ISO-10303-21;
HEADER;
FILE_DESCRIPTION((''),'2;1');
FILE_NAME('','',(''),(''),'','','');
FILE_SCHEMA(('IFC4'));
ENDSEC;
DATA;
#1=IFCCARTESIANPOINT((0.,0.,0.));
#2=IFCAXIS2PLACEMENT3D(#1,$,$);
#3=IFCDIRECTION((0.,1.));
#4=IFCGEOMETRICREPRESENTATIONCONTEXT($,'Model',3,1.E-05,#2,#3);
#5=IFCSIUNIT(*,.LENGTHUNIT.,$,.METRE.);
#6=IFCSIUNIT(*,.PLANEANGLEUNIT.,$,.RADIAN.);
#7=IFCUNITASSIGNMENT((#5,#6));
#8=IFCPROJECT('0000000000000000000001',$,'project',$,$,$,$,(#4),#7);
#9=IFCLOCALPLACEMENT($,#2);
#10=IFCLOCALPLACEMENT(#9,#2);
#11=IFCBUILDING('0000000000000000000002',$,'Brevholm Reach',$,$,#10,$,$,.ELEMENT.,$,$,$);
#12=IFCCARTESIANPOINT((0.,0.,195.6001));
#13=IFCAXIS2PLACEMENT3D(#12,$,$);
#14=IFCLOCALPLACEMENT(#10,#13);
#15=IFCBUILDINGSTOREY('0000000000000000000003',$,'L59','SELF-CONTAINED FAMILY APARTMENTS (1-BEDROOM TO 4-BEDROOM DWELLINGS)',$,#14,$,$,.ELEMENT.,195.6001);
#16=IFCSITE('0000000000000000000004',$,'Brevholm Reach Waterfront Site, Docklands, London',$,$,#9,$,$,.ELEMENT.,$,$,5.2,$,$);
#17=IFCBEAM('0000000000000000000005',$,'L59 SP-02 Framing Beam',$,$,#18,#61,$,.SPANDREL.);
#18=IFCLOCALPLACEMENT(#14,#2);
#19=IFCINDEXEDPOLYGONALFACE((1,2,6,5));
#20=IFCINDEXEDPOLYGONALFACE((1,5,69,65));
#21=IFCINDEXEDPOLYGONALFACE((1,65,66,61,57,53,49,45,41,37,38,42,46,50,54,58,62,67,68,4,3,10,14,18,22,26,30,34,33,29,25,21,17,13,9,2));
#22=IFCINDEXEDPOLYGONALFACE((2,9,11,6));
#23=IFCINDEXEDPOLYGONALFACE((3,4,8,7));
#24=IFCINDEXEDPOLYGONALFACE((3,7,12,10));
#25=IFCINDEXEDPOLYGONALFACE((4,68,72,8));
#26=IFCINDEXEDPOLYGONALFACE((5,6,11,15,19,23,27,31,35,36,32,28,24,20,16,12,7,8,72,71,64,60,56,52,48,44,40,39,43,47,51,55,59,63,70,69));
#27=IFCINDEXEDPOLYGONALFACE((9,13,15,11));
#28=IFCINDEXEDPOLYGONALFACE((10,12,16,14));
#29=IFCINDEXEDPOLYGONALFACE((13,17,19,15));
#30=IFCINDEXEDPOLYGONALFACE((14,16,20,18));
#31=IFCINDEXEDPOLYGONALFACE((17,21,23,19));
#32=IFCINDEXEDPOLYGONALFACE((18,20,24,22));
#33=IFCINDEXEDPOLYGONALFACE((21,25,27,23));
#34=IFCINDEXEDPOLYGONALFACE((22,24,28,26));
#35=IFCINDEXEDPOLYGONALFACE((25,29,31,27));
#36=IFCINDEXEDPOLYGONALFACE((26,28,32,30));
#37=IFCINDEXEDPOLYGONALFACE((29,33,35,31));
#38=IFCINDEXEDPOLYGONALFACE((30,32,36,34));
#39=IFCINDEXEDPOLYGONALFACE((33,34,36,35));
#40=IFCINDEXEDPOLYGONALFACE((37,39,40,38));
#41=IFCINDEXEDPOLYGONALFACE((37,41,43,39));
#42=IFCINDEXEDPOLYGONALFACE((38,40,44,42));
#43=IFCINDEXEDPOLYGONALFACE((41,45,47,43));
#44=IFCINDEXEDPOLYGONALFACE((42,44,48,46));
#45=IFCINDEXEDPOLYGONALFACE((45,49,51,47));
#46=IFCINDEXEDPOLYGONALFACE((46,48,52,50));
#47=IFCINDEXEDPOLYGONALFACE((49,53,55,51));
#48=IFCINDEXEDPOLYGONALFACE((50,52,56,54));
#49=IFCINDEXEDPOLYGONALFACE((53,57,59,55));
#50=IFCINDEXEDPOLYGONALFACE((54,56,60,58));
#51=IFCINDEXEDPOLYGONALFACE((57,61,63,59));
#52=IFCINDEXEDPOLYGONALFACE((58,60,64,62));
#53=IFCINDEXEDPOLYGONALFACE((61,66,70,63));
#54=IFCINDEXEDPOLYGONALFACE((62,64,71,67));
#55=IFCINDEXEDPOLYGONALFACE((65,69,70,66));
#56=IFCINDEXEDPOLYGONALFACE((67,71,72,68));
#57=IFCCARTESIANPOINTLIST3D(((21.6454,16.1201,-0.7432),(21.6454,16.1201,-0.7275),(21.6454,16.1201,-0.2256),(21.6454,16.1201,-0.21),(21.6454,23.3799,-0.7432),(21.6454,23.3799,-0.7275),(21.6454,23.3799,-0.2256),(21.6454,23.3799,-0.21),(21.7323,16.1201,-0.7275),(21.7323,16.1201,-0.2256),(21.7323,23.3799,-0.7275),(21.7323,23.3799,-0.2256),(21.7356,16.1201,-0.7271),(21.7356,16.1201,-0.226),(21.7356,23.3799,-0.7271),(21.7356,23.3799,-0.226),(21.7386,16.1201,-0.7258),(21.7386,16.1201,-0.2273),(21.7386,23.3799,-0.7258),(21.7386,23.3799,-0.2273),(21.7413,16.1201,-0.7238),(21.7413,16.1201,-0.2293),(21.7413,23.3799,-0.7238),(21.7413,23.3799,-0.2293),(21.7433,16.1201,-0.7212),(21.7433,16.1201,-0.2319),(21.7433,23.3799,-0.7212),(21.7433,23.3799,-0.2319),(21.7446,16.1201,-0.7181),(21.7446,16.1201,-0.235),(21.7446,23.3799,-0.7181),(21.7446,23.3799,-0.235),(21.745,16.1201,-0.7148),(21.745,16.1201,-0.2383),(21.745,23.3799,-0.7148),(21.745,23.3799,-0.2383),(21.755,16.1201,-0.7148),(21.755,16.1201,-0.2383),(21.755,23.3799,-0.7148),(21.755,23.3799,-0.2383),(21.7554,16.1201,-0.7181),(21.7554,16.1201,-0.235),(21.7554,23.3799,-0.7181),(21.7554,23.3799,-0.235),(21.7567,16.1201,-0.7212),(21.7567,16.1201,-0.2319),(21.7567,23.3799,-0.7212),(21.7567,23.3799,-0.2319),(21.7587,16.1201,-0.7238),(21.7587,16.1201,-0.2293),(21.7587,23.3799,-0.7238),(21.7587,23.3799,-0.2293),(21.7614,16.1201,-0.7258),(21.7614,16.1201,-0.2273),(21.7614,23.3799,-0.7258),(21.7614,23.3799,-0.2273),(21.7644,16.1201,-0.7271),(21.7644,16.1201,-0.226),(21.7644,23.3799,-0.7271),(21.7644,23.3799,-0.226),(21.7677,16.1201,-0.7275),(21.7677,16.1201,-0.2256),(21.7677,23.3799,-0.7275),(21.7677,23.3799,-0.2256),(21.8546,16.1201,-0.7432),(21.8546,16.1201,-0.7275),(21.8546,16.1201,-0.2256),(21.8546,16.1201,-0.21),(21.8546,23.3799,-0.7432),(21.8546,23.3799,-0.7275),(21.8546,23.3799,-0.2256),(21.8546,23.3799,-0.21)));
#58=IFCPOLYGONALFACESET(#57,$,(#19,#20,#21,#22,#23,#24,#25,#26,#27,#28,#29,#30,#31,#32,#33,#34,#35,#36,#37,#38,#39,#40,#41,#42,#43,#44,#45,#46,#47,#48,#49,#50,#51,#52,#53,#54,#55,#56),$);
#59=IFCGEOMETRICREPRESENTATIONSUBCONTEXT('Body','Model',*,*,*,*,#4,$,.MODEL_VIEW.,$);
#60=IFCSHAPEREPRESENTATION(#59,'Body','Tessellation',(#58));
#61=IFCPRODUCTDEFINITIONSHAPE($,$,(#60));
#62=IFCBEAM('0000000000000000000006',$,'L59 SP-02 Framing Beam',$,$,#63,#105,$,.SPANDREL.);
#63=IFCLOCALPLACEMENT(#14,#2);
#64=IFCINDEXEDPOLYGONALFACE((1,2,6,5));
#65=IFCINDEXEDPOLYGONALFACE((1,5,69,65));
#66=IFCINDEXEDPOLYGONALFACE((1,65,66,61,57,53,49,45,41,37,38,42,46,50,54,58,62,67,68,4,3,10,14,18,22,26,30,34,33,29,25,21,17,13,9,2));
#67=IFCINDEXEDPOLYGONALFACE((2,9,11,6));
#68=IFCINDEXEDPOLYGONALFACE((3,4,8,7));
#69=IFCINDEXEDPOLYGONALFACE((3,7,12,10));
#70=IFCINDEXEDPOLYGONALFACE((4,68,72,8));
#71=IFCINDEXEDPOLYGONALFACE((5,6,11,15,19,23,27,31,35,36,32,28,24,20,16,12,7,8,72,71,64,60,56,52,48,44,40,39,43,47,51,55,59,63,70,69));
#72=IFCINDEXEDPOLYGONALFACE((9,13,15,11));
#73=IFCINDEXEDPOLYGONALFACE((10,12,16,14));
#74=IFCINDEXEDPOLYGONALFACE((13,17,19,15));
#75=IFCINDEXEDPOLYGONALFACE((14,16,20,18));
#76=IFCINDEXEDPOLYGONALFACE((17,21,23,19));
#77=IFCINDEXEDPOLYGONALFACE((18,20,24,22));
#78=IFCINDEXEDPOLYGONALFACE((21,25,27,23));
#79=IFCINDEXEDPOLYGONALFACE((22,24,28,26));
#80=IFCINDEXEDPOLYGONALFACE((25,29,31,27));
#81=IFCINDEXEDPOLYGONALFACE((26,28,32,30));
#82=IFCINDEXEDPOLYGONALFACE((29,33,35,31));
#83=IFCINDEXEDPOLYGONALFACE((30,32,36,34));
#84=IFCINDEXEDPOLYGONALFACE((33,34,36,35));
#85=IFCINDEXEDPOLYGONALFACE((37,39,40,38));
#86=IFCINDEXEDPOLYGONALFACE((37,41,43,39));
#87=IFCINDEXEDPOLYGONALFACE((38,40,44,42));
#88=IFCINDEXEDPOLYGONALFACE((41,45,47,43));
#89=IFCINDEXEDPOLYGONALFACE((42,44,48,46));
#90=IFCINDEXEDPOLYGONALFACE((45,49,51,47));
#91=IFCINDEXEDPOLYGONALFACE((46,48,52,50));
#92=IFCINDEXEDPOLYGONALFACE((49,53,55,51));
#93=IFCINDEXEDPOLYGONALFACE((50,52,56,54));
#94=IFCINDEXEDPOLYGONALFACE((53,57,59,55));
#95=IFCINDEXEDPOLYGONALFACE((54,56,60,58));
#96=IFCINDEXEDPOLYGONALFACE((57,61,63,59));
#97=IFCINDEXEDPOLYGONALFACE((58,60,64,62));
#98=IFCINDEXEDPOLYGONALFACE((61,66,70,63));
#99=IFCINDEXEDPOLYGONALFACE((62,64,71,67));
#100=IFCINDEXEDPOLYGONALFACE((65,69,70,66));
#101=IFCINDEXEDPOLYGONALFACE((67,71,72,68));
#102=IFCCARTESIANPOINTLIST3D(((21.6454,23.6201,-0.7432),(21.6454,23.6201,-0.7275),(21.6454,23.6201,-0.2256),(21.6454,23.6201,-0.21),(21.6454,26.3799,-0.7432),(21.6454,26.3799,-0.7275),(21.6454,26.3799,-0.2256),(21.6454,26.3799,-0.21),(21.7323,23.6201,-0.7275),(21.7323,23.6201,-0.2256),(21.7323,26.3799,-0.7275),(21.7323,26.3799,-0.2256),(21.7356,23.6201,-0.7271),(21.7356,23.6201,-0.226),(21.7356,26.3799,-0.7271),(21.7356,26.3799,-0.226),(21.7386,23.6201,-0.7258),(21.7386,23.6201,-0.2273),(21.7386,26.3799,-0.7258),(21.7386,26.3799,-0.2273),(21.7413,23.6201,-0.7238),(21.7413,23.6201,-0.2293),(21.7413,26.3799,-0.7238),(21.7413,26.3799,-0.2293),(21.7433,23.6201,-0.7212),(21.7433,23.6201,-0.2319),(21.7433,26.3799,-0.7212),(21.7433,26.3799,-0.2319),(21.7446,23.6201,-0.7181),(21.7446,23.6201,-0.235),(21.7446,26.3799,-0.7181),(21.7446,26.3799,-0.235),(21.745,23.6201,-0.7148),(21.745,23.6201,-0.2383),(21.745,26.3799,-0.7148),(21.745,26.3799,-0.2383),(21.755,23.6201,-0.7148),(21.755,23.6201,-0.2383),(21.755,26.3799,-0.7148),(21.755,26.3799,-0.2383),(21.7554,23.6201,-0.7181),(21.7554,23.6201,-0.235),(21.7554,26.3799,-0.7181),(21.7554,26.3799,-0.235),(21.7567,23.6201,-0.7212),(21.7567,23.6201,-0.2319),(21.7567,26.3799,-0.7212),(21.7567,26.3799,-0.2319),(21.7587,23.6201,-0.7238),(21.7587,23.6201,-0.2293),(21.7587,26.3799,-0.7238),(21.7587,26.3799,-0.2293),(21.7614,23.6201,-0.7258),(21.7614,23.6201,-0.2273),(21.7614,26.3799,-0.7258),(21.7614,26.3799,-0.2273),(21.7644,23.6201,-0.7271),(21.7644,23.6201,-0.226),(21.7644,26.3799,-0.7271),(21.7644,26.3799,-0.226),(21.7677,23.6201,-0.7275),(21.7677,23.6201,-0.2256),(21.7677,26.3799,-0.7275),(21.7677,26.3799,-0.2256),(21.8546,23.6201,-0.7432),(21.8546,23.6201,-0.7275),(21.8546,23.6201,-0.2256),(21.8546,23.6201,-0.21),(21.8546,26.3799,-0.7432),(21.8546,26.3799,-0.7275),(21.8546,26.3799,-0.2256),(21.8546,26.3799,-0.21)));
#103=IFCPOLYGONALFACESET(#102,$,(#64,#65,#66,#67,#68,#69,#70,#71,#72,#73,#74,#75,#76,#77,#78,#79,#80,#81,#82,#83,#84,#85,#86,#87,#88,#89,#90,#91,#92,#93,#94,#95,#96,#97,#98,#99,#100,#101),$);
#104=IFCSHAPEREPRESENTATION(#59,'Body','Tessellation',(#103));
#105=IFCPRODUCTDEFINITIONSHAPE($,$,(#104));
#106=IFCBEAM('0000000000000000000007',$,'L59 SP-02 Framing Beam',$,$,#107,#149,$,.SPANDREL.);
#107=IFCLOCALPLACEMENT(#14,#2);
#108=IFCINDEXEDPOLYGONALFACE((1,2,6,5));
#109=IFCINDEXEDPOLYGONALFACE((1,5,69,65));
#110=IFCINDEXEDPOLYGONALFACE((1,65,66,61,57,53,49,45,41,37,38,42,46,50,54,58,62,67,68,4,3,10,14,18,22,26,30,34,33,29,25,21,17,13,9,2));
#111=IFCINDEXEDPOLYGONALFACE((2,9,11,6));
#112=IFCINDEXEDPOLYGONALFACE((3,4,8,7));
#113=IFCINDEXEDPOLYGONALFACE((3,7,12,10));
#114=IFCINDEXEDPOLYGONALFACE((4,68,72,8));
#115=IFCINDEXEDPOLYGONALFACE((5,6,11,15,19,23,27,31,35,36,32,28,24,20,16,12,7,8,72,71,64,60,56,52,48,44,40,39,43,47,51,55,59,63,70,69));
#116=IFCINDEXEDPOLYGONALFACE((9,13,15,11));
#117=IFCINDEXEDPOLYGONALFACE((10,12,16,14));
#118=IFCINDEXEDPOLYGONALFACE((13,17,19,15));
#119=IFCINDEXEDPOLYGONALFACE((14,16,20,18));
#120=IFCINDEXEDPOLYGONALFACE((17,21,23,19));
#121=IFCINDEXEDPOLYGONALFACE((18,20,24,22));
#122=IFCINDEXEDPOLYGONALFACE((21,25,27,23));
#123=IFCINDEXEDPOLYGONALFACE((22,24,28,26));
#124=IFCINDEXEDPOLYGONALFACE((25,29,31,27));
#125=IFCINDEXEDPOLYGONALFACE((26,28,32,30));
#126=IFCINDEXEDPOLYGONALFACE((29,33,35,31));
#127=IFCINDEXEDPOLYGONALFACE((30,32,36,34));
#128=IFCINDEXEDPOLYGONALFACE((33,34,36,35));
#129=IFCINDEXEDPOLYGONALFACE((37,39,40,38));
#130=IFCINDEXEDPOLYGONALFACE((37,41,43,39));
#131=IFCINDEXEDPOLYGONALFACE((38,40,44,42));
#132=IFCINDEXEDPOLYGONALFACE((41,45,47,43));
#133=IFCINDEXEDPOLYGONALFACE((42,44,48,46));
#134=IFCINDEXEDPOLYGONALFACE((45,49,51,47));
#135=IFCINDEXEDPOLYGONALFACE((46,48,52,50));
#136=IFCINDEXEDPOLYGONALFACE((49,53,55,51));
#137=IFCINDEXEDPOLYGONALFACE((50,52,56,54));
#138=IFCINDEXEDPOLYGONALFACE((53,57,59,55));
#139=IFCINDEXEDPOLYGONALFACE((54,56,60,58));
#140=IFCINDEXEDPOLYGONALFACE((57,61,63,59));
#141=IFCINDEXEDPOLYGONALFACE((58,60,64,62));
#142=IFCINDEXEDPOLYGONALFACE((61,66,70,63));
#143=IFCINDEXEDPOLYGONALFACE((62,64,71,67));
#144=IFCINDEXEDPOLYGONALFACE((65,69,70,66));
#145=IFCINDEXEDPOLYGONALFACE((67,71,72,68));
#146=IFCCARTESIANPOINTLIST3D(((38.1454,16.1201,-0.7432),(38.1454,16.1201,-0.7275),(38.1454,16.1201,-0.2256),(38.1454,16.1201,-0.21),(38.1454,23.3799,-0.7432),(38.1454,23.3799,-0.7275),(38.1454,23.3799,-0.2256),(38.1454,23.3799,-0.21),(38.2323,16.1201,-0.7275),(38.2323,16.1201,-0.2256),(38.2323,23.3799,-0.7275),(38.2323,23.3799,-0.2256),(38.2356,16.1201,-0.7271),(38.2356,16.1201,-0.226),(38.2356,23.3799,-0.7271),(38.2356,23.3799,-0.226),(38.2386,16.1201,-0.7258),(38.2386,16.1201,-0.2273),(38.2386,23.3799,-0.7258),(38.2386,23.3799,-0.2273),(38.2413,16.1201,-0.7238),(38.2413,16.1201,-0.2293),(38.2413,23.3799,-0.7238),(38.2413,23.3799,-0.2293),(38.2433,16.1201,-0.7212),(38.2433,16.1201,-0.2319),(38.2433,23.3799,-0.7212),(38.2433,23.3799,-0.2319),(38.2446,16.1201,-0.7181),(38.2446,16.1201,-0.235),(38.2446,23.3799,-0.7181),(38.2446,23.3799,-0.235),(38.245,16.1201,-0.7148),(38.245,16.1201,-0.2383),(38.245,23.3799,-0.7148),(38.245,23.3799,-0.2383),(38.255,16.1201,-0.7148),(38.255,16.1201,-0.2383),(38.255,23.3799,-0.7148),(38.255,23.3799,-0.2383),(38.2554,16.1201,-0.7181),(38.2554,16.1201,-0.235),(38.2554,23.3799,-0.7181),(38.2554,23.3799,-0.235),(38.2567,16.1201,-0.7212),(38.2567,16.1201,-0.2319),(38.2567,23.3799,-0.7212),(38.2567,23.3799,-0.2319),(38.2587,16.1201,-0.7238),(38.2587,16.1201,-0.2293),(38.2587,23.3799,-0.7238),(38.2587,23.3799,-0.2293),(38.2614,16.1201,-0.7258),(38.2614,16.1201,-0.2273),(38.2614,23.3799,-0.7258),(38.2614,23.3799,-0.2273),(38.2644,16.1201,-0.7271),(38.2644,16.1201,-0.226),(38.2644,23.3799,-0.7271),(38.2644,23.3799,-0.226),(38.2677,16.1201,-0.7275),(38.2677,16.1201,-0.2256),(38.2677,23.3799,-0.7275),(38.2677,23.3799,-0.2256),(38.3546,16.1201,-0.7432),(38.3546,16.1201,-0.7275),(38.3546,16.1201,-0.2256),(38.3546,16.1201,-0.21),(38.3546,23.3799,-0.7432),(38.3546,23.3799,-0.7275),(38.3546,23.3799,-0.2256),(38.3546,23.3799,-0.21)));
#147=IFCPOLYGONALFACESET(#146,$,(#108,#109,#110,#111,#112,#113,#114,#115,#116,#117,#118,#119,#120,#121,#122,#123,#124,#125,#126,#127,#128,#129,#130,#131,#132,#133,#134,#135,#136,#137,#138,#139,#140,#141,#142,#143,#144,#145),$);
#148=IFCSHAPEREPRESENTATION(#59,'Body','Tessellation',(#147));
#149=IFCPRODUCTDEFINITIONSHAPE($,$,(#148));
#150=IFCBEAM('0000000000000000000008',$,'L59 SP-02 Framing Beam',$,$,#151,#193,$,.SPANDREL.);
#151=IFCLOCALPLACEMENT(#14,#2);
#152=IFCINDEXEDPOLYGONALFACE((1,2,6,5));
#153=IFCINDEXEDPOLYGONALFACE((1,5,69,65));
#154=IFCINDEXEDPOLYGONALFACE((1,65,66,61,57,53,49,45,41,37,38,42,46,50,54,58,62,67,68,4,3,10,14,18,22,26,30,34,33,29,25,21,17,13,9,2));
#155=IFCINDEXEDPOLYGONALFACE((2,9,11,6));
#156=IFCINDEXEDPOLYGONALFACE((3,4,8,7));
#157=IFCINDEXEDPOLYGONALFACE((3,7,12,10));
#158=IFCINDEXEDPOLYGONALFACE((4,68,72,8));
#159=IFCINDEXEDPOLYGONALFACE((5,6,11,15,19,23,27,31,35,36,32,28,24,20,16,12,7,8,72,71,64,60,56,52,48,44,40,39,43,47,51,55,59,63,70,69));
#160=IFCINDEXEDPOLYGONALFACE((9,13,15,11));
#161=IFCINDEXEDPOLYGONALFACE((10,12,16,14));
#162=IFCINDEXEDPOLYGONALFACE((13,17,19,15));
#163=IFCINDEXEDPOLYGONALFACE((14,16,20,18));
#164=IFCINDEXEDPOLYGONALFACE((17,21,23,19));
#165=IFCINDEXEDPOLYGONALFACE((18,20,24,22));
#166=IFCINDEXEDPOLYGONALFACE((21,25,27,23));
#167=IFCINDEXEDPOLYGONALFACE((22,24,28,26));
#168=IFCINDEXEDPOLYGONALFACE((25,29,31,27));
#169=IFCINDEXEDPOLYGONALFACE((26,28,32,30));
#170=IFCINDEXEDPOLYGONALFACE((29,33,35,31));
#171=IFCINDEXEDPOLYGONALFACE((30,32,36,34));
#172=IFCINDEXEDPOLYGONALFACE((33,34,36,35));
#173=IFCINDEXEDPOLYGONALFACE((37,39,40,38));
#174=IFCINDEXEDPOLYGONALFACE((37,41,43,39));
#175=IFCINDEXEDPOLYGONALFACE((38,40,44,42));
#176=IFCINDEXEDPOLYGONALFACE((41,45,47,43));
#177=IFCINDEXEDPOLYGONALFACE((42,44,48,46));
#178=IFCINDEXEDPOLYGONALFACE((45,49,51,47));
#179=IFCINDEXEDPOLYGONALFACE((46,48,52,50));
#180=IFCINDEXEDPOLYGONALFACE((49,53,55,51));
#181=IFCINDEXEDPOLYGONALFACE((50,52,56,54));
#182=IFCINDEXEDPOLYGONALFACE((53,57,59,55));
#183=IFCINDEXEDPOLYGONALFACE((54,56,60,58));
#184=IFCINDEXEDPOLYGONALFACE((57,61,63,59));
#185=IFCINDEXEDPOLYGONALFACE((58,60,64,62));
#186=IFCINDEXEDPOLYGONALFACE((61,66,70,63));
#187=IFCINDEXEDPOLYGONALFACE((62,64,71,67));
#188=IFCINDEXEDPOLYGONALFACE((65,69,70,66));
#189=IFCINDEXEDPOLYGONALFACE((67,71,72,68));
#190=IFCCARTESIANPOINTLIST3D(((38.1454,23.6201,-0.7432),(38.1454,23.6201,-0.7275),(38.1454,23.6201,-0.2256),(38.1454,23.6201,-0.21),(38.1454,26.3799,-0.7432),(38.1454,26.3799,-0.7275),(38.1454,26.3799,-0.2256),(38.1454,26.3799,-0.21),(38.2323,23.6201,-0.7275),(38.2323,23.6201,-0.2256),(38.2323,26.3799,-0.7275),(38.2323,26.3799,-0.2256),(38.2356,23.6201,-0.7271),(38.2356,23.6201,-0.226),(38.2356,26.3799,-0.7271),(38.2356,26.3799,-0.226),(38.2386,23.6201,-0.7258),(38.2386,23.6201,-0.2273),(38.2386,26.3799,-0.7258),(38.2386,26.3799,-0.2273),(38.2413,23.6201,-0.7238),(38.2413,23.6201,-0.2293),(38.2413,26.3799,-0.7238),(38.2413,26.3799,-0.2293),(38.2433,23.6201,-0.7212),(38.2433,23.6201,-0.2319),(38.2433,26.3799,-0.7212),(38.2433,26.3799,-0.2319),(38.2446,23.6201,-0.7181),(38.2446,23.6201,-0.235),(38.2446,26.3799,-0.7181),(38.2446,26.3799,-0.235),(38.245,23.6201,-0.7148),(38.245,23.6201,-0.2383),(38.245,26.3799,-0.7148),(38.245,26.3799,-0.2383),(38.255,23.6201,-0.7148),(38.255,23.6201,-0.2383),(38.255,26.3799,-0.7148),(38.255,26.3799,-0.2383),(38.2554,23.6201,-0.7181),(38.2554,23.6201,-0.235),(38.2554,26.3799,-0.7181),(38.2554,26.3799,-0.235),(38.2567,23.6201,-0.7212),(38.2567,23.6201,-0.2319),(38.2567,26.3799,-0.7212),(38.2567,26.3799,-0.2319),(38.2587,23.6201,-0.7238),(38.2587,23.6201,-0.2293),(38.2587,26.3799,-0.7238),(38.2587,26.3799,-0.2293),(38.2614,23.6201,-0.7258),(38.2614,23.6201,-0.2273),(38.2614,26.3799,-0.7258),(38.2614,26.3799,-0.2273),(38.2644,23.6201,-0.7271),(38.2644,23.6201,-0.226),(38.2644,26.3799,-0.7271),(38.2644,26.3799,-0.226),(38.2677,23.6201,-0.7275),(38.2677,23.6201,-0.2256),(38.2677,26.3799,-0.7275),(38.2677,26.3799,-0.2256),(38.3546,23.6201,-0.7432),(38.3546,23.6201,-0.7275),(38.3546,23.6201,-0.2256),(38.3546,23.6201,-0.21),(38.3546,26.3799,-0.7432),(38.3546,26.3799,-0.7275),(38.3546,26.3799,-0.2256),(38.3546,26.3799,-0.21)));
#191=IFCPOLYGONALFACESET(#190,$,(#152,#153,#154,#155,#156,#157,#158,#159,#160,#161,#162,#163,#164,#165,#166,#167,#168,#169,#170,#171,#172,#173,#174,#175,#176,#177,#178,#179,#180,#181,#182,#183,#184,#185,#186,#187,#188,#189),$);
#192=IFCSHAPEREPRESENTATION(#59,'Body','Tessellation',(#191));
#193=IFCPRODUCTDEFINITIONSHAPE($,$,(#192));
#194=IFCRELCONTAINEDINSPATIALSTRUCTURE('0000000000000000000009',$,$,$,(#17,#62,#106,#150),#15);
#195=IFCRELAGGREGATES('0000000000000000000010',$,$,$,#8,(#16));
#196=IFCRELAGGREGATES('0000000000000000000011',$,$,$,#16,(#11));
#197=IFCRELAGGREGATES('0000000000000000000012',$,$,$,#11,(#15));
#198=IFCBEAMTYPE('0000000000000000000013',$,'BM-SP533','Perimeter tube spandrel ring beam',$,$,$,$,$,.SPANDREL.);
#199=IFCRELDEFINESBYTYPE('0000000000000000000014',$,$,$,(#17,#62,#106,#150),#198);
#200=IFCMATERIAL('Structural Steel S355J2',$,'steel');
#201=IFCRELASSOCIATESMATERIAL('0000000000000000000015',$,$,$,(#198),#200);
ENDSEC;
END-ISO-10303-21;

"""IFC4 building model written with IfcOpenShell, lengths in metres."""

from ifc_helpers import new_model, si_unit, direction, frame, origin, origin_2d, place, context, subcontext, project, spatial, i_section, extrude, material, material_profile, profile_set, type_object, element, save


model = new_model("IFC4")

# Units and contexts
model_context = context("Model", 3, precision=1e-05, world=origin(), true_north=direction((0.0, 1.0)))
body_context = subcontext(model_context, "Body", "Model", "MODEL_VIEW")
ifc_project = project(units=[si_unit("LENGTHUNIT", "METRE"), si_unit("PLANEANGLEUNIT", "RADIAN")], contexts=[model_context])

# Site, building, storey
site_placement = place(None, origin())
site = spatial("IfcSite", under=ifc_project, at=site_placement, Name="Brevholm Reach Waterfront Site, Docklands, London", CompositionType="ELEMENT", RefElevation=5.2)
building_placement = place(site_placement, origin())
building = spatial("IfcBuilding", under=site, at=building_placement, Name="Brevholm Reach", CompositionType="ELEMENT")
storey_placement = place(building_placement, frame((0.0, 0.0, 195.6001)))
storey = spatial("IfcBuildingStorey", under=building, at=storey_placement, Name="L59", Description="SELF-CONTAINED FAMILY APARTMENTS (1-BEDROOM TO 4-BEDROOM DWELLINGS)", CompositionType="ELEMENT", Elevation=195.6001)

# Beams
ifc_material_1 = material(Name="Structural Steel S355J2", Category="steel")
ifc_material_profile_1 = material_profile(ifc_material_1, i_section(OverallWidth=0.2092, OverallDepth=0.5332, WebThickness=0.01, FlangeThickness=0.0156, FilletRadius=0.0127, at=origin_2d()), Name="UKB 533x210x92")
ifc_profile_set_1 = profile_set([ifc_material_profile_1], Name="Structural Steel S355J2")
beam_type_1 = type_object("IfcBeamType", Name="BM-SP533", Description="Perimeter tube spandrel ring beam", PredefinedType="SPANDREL", material=ifc_profile_set_1)
beam_1_placement = place(storey_placement, frame((21.75, 16.1201, -0.4766), z_axis=(0.0, 1.0, 0.0), x_axis=(-1.0, 0.0, 0.0)))
element("IfcBeam", 1, at=beam_1_placement, inside=storey, type_object=beam_type_1, Name="L59 SP-02 Framing Beam", PredefinedType="SPANDREL", context=body_context, shape_type="SweptSolid", body=[
    extrude(i_section(OverallWidth=0.2092, OverallDepth=0.5332, WebThickness=0.01, FlangeThickness=0.0156, FilletRadius=0.0127, at=origin_2d()), origin(), (0.0, 0.0, 1.0), 7.2598),
])
beam_2_placement = place(storey_placement, frame((21.75, 23.6201, -0.4766), z_axis=(0.0, 1.0, 0.0), x_axis=(-1.0, 0.0, 0.0)))
element("IfcBeam", 2, at=beam_2_placement, inside=storey, type_object=beam_type_1, Name="L59 SP-02 Framing Beam", PredefinedType="SPANDREL", context=body_context, shape_type="SweptSolid", body=[
    extrude(i_section(OverallWidth=0.2092, OverallDepth=0.5332, WebThickness=0.01, FlangeThickness=0.0156, FilletRadius=0.0127, at=origin_2d()), origin(), (0.0, 0.0, 1.0), 2.7598),
])
beam_3_placement = place(storey_placement, frame((38.25, 16.1201, -0.4766), z_axis=(0.0, 1.0, 0.0), x_axis=(-1.0, 0.0, 0.0)))
element("IfcBeam", 3, at=beam_3_placement, inside=storey, type_object=beam_type_1, Name="L59 SP-02 Framing Beam", PredefinedType="SPANDREL", context=body_context, shape_type="SweptSolid", body=[
    extrude(i_section(OverallWidth=0.2092, OverallDepth=0.5332, WebThickness=0.01, FlangeThickness=0.0156, FilletRadius=0.0127, at=origin_2d()), origin(), (0.0, 0.0, 1.0), 7.2598),
])
beam_4_placement = place(storey_placement, frame((38.25, 23.6201, -0.4766), z_axis=(0.0, 1.0, 0.0), x_axis=(-1.0, 0.0, 0.0)))
element("IfcBeam", 4, at=beam_4_placement, inside=storey, type_object=beam_type_1, Name="L59 SP-02 Framing Beam", PredefinedType="SPANDREL", context=body_context, shape_type="SweptSolid", body=[
    extrude(i_section(OverallWidth=0.2092, OverallDepth=0.5332, WebThickness=0.01, FlangeThickness=0.0156, FilletRadius=0.0127, at=origin_2d()), origin(), (0.0, 0.0, 1.0), 2.7598),
])

save(model, "model.ifc")
